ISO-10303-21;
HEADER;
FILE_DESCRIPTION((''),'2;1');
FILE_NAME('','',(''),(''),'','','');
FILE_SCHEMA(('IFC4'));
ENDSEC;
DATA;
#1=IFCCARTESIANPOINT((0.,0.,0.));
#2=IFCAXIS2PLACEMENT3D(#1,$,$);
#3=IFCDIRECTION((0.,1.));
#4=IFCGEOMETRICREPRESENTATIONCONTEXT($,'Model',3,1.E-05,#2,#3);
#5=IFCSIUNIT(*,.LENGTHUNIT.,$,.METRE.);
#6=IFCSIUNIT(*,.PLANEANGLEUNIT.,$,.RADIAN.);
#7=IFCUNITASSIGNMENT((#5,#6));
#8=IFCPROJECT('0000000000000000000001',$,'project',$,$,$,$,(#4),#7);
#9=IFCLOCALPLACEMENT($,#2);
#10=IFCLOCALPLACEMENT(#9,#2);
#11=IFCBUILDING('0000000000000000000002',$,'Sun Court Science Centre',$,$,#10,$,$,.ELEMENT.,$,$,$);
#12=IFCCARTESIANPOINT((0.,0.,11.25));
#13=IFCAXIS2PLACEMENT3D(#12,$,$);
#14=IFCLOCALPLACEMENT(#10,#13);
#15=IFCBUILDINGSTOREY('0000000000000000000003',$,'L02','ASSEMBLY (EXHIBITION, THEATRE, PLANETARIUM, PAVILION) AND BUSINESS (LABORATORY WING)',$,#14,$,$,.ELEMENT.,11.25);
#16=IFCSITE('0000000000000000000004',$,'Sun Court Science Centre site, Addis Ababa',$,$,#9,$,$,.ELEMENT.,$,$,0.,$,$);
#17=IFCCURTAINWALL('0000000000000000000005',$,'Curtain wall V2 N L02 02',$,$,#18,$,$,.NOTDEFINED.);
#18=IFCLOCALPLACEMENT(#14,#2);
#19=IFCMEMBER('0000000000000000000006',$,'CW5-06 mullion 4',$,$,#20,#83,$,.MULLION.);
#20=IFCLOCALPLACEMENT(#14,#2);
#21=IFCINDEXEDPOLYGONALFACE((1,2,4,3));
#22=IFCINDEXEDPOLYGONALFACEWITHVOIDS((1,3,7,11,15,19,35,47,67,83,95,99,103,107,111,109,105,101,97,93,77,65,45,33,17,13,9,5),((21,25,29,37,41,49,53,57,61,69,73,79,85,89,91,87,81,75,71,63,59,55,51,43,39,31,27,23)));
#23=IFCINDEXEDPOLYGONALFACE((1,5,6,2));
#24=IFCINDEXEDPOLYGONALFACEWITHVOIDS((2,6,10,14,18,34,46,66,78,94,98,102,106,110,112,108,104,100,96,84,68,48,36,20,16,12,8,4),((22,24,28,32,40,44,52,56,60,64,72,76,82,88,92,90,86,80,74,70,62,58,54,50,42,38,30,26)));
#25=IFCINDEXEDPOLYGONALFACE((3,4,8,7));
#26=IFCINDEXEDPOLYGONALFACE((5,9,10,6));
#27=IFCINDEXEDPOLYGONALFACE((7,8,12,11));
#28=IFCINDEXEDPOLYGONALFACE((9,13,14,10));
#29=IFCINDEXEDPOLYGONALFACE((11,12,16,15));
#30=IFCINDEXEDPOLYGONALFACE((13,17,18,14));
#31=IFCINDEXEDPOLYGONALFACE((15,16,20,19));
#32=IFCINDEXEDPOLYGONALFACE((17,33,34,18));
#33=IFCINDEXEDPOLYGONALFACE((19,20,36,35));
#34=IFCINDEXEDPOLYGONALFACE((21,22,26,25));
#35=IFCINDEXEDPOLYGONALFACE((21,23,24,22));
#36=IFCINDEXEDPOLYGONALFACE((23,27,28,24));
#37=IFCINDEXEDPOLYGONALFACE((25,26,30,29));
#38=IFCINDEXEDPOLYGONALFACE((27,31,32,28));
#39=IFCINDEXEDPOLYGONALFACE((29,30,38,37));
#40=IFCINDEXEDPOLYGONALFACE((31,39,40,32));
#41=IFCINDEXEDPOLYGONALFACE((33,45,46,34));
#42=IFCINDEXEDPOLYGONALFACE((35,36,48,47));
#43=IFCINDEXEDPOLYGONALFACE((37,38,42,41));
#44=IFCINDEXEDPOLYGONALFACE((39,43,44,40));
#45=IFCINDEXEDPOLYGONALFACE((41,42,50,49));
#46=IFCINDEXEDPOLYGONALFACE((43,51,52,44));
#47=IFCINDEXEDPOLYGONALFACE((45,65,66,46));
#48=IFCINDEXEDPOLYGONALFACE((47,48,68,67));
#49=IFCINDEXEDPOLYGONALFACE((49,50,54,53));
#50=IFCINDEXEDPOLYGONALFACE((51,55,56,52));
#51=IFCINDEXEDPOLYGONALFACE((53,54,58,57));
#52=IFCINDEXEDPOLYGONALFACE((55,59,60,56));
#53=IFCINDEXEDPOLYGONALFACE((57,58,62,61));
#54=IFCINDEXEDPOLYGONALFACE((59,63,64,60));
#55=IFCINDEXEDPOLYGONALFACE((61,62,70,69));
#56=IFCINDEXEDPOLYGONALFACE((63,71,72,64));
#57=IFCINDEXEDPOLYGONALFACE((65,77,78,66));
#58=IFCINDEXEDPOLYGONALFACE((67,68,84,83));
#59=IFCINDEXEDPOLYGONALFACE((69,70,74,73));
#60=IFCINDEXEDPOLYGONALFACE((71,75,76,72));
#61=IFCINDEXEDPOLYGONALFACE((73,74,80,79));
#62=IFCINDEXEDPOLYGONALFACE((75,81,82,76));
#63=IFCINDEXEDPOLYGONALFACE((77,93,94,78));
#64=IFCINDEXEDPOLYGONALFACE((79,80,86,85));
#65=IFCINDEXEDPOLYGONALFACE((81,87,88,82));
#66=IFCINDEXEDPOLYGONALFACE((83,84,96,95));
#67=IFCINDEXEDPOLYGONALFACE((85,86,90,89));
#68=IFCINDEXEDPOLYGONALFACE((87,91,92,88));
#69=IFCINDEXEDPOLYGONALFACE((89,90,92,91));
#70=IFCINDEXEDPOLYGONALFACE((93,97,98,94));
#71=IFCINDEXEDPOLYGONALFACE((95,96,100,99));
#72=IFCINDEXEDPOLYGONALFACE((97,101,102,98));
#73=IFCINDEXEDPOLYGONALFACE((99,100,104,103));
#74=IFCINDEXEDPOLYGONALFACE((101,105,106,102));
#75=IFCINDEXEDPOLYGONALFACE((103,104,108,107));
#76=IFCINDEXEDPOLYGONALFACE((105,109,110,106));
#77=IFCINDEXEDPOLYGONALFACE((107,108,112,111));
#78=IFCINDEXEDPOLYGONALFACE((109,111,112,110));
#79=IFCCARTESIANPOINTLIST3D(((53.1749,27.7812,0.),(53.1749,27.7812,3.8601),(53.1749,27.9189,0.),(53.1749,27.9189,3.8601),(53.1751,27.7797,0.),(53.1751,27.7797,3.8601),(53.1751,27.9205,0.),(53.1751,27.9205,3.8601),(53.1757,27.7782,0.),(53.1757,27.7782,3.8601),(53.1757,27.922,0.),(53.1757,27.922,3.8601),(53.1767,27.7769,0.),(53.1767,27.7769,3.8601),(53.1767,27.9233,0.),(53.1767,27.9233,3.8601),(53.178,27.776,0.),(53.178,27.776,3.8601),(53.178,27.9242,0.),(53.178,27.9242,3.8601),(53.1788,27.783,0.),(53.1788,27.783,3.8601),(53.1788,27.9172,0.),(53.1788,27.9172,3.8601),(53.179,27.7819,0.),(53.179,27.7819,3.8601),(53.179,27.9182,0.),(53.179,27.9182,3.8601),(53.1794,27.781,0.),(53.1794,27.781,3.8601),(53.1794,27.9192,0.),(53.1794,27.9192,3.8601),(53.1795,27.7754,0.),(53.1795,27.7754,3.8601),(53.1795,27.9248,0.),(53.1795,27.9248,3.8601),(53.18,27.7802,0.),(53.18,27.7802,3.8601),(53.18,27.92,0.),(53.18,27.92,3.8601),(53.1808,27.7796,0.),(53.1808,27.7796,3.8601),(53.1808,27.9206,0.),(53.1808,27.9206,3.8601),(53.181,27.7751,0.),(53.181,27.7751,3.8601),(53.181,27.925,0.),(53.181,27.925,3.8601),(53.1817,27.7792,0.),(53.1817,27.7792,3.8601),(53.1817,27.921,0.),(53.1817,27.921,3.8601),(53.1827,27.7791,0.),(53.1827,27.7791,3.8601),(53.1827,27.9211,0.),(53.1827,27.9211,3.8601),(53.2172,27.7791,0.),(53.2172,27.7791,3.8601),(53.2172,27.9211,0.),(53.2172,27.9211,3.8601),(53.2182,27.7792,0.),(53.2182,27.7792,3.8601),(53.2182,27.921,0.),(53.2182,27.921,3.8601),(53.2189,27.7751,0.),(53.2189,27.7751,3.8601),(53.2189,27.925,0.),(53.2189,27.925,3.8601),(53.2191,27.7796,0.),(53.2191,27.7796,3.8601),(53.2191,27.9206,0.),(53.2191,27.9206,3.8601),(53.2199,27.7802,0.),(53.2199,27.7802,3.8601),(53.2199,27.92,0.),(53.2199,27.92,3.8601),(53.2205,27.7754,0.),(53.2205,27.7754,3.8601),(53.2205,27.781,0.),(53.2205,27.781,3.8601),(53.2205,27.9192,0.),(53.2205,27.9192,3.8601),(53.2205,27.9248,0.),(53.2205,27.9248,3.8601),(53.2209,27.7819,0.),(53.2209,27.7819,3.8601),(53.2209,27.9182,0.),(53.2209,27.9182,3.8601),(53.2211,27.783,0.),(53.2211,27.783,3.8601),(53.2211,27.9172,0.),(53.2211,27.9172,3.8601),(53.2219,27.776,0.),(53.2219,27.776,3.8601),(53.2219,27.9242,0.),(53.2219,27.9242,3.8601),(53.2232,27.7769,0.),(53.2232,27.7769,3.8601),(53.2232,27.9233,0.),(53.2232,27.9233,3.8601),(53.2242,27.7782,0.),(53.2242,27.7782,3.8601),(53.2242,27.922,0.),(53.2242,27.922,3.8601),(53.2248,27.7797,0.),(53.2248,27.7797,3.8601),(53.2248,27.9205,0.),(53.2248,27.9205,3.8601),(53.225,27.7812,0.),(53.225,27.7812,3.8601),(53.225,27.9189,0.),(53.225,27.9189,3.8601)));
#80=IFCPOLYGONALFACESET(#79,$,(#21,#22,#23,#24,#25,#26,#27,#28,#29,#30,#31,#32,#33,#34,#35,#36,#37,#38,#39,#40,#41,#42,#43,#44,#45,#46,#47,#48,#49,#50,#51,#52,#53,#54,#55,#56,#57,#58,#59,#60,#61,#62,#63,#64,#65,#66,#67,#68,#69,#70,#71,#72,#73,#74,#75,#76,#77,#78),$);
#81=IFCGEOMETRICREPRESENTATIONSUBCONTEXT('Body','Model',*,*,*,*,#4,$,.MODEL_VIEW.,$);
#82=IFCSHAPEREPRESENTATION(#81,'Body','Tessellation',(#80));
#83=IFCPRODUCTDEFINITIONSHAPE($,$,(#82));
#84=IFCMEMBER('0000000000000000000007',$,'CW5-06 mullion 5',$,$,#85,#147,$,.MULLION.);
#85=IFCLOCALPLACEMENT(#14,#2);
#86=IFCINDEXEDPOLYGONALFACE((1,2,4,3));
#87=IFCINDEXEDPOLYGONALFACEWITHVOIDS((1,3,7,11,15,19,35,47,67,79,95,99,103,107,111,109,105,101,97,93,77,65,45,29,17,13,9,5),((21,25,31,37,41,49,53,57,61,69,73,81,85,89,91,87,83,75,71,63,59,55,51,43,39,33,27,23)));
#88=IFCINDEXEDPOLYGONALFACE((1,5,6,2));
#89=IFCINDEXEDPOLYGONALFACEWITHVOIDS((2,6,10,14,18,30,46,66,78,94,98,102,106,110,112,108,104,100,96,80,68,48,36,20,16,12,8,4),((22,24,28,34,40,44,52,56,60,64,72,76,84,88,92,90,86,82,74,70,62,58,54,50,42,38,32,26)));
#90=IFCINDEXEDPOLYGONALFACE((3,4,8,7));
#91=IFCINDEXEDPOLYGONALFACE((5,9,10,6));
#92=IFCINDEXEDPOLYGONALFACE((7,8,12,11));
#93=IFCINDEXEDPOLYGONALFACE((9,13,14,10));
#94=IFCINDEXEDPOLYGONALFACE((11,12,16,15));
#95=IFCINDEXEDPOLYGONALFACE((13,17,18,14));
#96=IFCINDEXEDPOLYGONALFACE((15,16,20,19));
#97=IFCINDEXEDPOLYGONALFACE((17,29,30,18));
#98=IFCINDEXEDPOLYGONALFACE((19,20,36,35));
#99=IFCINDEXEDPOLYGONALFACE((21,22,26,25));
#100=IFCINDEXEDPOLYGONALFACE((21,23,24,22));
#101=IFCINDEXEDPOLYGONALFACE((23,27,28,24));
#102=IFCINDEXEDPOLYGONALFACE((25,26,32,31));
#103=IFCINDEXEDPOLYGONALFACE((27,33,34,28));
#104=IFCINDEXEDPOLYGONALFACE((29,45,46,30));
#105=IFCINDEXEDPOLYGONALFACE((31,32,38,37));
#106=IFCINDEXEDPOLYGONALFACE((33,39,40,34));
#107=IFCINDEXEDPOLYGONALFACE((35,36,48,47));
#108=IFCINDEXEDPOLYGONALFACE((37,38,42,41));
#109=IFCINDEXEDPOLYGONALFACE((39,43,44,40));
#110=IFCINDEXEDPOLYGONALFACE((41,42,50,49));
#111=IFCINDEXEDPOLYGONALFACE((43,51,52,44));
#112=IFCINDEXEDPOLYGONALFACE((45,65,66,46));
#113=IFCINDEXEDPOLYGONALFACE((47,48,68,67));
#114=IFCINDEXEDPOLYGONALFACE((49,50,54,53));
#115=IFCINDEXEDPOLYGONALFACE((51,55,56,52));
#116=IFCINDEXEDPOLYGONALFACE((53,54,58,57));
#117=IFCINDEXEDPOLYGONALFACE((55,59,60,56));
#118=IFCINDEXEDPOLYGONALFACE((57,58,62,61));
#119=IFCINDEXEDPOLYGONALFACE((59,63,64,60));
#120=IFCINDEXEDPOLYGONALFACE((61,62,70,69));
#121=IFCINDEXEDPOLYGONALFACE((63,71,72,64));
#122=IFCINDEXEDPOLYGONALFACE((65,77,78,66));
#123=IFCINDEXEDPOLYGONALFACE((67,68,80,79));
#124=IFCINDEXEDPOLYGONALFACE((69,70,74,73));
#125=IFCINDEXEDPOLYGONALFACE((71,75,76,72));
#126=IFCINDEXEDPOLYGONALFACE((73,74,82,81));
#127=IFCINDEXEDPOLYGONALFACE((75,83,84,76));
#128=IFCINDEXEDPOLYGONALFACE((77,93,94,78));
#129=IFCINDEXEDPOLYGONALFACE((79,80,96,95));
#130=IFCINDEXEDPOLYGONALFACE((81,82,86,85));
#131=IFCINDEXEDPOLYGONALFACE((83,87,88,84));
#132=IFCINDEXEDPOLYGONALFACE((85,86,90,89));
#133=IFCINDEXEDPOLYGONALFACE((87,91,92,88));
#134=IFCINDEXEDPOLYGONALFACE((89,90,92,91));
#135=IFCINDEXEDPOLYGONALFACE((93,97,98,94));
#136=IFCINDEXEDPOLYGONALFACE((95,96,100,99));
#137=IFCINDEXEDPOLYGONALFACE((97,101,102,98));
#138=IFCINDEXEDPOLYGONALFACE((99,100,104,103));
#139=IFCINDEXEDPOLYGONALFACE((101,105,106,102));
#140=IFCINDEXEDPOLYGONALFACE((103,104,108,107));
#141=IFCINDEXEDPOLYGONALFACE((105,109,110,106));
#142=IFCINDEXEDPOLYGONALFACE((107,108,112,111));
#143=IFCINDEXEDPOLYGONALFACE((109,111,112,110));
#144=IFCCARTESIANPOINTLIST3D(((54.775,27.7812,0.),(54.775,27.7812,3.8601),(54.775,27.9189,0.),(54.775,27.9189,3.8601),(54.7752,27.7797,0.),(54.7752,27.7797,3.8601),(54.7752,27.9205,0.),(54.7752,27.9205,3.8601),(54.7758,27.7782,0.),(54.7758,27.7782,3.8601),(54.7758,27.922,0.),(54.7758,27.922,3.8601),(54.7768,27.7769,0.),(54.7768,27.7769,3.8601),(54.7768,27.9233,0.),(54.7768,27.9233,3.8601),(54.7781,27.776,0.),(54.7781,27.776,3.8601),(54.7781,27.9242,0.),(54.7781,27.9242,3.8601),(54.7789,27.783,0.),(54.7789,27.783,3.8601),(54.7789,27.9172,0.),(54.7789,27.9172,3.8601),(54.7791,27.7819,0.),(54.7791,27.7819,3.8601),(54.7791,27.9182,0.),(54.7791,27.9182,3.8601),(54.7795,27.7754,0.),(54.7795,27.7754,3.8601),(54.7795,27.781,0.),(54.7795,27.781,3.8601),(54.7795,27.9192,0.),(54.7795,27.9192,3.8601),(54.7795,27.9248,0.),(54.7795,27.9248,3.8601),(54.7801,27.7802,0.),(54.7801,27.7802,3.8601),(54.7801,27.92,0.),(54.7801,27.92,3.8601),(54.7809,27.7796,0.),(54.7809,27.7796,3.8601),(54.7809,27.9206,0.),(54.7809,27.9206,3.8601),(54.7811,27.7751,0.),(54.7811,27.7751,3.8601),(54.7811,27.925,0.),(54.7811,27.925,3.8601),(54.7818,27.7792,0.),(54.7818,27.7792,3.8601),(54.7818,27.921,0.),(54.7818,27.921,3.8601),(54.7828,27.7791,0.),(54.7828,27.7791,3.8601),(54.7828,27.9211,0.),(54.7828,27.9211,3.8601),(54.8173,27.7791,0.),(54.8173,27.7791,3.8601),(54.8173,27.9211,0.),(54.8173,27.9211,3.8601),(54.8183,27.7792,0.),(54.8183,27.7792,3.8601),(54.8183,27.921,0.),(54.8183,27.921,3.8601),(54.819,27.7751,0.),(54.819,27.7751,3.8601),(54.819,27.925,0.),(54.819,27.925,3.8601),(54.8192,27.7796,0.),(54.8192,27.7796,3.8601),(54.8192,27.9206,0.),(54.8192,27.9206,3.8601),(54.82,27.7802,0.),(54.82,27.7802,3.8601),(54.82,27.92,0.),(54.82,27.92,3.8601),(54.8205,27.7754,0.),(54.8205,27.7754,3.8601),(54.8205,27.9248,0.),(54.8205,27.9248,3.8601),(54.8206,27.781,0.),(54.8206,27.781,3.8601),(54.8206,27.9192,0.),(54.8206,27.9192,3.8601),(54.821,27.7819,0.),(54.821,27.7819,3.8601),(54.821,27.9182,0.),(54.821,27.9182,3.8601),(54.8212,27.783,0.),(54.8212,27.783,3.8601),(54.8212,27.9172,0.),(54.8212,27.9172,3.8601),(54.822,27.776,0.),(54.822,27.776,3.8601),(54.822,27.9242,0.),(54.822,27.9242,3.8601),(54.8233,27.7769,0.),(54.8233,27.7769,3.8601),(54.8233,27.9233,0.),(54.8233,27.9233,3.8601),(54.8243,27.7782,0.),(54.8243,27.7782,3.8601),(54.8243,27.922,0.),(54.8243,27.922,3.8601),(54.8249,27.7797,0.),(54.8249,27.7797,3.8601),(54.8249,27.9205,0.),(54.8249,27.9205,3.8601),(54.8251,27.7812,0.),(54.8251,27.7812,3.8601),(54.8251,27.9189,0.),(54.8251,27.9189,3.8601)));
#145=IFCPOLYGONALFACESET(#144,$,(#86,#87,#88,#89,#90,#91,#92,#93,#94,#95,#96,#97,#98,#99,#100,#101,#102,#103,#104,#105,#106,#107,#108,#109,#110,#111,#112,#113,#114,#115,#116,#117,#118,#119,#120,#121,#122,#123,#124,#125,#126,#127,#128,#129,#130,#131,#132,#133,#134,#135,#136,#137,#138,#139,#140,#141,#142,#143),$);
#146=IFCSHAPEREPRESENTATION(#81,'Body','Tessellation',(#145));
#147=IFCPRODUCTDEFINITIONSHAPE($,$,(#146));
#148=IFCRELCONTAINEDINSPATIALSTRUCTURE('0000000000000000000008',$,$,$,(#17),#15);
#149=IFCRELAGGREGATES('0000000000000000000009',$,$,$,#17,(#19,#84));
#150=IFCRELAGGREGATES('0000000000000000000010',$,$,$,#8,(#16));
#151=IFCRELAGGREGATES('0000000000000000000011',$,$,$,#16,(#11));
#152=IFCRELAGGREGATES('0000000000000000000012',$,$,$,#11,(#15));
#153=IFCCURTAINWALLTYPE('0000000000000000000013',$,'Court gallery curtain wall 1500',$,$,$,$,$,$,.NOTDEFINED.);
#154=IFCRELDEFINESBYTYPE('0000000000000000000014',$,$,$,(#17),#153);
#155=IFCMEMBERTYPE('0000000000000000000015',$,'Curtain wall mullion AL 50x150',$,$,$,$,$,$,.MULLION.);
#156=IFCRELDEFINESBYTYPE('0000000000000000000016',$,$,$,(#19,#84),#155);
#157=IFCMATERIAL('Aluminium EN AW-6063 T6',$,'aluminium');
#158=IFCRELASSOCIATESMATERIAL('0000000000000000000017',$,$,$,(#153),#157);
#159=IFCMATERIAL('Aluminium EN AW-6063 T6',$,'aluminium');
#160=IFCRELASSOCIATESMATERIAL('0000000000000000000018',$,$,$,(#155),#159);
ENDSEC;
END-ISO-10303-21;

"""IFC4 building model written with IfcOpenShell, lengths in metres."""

from ifc_helpers import new_model, si_unit, direction, frame, origin, origin_2d, place, context, subcontext, project, spatial, hollow_rectangle, extrude, material, material_profile, profile_set, type_object, element, aggregate, save


model = new_model("IFC4")

# Units and contexts
model_context = context("Model", 3, precision=1e-05, world=origin(), true_north=direction((0.0, 1.0)))
body_context = subcontext(model_context, "Body", "Model", "MODEL_VIEW")
ifc_project = project(units=[si_unit("LENGTHUNIT", "METRE"), si_unit("PLANEANGLEUNIT", "RADIAN")], contexts=[model_context])

# Site, building, storey
site_placement = place(None, origin())
site = spatial("IfcSite", under=ifc_project, at=site_placement, Name="Sun Court Science Centre site, Addis Ababa", CompositionType="ELEMENT", RefElevation=0.0)
building_placement = place(site_placement, origin())
building = spatial("IfcBuilding", under=site, at=building_placement, Name="Sun Court Science Centre", CompositionType="ELEMENT")
storey_placement = place(building_placement, frame((0.0, 0.0, 11.25)))
storey = spatial("IfcBuildingStorey", under=building, at=storey_placement, Name="L02", Description="ASSEMBLY (EXHIBITION, THEATRE, PLANETARIUM, PAVILION) AND BUSINESS (LABORATORY WING)", CompositionType="ELEMENT", Elevation=11.25)

# Curtain wall, members
ifc_material_1 = material(Name="Aluminium EN AW-6063 T6", Category="aluminium")
curtain_wall_type_1 = type_object("IfcCurtainWallType", Name="Court gallery curtain wall 1500", PredefinedType="NOTDEFINED", material=ifc_material_1)
curtain_wall_1_placement = place(storey_placement, origin())
curtain_wall_1 = element("IfcCurtainWall", 1, at=curtain_wall_1_placement, inside=storey, type_object=curtain_wall_type_1, Name="Curtain wall V2 N L02 02", PredefinedType="NOTDEFINED")
ifc_material_2 = material(Name="Aluminium EN AW-6063 T6", Category="aluminium")
ifc_material_profile_1 = material_profile(ifc_material_2, hollow_rectangle(XDim=0.05, YDim=0.1499, WallThickness=0.0039, InnerFilletRadius=0.0039, OuterFilletRadius=0.0061, at=origin_2d()), Name="AL 50x150x4")
ifc_profile_set_1 = profile_set([ifc_material_profile_1], Name="Aluminium EN AW-6063 T6")
member_type_1 = type_object("IfcMemberType", Name="Curtain wall mullion AL 50x150", PredefinedType="MULLION", material=ifc_profile_set_1)
member_1_placement = place(storey_placement, frame((53.2, 27.8501, 0.0), z_axis=(0.0, 0.0, 1.0), x_axis=(1.0, 0.0, 0.0)))
member_1 = element("IfcMember", 2, at=member_1_placement, type_object=member_type_1, Name="CW5-06 mullion 4", PredefinedType="MULLION", context=body_context, shape_type="SweptSolid", body=[
    extrude(hollow_rectangle(XDim=0.05, YDim=0.1499, WallThickness=0.0039, InnerFilletRadius=0.0039, OuterFilletRadius=0.0061, at=origin_2d()), origin(), (0.0, 0.0, 1.0), 3.8601),
])
member_2_placement = place(storey_placement, frame((54.8, 27.8501, 0.0), z_axis=(0.0, 0.0, 1.0), x_axis=(1.0, 0.0, 0.0)))
member_2 = element("IfcMember", 3, at=member_2_placement, type_object=member_type_1, Name="CW5-06 mullion 5", PredefinedType="MULLION", context=body_context, shape_type="SweptSolid", body=[
    extrude(hollow_rectangle(XDim=0.05, YDim=0.1499, WallThickness=0.0039, InnerFilletRadius=0.0039, OuterFilletRadius=0.0061, at=origin_2d()), origin(), (0.0, 0.0, 1.0), 3.8601),
])

aggregate(curtain_wall_1, [member_1, member_2])

save(model, "model.ifc")
